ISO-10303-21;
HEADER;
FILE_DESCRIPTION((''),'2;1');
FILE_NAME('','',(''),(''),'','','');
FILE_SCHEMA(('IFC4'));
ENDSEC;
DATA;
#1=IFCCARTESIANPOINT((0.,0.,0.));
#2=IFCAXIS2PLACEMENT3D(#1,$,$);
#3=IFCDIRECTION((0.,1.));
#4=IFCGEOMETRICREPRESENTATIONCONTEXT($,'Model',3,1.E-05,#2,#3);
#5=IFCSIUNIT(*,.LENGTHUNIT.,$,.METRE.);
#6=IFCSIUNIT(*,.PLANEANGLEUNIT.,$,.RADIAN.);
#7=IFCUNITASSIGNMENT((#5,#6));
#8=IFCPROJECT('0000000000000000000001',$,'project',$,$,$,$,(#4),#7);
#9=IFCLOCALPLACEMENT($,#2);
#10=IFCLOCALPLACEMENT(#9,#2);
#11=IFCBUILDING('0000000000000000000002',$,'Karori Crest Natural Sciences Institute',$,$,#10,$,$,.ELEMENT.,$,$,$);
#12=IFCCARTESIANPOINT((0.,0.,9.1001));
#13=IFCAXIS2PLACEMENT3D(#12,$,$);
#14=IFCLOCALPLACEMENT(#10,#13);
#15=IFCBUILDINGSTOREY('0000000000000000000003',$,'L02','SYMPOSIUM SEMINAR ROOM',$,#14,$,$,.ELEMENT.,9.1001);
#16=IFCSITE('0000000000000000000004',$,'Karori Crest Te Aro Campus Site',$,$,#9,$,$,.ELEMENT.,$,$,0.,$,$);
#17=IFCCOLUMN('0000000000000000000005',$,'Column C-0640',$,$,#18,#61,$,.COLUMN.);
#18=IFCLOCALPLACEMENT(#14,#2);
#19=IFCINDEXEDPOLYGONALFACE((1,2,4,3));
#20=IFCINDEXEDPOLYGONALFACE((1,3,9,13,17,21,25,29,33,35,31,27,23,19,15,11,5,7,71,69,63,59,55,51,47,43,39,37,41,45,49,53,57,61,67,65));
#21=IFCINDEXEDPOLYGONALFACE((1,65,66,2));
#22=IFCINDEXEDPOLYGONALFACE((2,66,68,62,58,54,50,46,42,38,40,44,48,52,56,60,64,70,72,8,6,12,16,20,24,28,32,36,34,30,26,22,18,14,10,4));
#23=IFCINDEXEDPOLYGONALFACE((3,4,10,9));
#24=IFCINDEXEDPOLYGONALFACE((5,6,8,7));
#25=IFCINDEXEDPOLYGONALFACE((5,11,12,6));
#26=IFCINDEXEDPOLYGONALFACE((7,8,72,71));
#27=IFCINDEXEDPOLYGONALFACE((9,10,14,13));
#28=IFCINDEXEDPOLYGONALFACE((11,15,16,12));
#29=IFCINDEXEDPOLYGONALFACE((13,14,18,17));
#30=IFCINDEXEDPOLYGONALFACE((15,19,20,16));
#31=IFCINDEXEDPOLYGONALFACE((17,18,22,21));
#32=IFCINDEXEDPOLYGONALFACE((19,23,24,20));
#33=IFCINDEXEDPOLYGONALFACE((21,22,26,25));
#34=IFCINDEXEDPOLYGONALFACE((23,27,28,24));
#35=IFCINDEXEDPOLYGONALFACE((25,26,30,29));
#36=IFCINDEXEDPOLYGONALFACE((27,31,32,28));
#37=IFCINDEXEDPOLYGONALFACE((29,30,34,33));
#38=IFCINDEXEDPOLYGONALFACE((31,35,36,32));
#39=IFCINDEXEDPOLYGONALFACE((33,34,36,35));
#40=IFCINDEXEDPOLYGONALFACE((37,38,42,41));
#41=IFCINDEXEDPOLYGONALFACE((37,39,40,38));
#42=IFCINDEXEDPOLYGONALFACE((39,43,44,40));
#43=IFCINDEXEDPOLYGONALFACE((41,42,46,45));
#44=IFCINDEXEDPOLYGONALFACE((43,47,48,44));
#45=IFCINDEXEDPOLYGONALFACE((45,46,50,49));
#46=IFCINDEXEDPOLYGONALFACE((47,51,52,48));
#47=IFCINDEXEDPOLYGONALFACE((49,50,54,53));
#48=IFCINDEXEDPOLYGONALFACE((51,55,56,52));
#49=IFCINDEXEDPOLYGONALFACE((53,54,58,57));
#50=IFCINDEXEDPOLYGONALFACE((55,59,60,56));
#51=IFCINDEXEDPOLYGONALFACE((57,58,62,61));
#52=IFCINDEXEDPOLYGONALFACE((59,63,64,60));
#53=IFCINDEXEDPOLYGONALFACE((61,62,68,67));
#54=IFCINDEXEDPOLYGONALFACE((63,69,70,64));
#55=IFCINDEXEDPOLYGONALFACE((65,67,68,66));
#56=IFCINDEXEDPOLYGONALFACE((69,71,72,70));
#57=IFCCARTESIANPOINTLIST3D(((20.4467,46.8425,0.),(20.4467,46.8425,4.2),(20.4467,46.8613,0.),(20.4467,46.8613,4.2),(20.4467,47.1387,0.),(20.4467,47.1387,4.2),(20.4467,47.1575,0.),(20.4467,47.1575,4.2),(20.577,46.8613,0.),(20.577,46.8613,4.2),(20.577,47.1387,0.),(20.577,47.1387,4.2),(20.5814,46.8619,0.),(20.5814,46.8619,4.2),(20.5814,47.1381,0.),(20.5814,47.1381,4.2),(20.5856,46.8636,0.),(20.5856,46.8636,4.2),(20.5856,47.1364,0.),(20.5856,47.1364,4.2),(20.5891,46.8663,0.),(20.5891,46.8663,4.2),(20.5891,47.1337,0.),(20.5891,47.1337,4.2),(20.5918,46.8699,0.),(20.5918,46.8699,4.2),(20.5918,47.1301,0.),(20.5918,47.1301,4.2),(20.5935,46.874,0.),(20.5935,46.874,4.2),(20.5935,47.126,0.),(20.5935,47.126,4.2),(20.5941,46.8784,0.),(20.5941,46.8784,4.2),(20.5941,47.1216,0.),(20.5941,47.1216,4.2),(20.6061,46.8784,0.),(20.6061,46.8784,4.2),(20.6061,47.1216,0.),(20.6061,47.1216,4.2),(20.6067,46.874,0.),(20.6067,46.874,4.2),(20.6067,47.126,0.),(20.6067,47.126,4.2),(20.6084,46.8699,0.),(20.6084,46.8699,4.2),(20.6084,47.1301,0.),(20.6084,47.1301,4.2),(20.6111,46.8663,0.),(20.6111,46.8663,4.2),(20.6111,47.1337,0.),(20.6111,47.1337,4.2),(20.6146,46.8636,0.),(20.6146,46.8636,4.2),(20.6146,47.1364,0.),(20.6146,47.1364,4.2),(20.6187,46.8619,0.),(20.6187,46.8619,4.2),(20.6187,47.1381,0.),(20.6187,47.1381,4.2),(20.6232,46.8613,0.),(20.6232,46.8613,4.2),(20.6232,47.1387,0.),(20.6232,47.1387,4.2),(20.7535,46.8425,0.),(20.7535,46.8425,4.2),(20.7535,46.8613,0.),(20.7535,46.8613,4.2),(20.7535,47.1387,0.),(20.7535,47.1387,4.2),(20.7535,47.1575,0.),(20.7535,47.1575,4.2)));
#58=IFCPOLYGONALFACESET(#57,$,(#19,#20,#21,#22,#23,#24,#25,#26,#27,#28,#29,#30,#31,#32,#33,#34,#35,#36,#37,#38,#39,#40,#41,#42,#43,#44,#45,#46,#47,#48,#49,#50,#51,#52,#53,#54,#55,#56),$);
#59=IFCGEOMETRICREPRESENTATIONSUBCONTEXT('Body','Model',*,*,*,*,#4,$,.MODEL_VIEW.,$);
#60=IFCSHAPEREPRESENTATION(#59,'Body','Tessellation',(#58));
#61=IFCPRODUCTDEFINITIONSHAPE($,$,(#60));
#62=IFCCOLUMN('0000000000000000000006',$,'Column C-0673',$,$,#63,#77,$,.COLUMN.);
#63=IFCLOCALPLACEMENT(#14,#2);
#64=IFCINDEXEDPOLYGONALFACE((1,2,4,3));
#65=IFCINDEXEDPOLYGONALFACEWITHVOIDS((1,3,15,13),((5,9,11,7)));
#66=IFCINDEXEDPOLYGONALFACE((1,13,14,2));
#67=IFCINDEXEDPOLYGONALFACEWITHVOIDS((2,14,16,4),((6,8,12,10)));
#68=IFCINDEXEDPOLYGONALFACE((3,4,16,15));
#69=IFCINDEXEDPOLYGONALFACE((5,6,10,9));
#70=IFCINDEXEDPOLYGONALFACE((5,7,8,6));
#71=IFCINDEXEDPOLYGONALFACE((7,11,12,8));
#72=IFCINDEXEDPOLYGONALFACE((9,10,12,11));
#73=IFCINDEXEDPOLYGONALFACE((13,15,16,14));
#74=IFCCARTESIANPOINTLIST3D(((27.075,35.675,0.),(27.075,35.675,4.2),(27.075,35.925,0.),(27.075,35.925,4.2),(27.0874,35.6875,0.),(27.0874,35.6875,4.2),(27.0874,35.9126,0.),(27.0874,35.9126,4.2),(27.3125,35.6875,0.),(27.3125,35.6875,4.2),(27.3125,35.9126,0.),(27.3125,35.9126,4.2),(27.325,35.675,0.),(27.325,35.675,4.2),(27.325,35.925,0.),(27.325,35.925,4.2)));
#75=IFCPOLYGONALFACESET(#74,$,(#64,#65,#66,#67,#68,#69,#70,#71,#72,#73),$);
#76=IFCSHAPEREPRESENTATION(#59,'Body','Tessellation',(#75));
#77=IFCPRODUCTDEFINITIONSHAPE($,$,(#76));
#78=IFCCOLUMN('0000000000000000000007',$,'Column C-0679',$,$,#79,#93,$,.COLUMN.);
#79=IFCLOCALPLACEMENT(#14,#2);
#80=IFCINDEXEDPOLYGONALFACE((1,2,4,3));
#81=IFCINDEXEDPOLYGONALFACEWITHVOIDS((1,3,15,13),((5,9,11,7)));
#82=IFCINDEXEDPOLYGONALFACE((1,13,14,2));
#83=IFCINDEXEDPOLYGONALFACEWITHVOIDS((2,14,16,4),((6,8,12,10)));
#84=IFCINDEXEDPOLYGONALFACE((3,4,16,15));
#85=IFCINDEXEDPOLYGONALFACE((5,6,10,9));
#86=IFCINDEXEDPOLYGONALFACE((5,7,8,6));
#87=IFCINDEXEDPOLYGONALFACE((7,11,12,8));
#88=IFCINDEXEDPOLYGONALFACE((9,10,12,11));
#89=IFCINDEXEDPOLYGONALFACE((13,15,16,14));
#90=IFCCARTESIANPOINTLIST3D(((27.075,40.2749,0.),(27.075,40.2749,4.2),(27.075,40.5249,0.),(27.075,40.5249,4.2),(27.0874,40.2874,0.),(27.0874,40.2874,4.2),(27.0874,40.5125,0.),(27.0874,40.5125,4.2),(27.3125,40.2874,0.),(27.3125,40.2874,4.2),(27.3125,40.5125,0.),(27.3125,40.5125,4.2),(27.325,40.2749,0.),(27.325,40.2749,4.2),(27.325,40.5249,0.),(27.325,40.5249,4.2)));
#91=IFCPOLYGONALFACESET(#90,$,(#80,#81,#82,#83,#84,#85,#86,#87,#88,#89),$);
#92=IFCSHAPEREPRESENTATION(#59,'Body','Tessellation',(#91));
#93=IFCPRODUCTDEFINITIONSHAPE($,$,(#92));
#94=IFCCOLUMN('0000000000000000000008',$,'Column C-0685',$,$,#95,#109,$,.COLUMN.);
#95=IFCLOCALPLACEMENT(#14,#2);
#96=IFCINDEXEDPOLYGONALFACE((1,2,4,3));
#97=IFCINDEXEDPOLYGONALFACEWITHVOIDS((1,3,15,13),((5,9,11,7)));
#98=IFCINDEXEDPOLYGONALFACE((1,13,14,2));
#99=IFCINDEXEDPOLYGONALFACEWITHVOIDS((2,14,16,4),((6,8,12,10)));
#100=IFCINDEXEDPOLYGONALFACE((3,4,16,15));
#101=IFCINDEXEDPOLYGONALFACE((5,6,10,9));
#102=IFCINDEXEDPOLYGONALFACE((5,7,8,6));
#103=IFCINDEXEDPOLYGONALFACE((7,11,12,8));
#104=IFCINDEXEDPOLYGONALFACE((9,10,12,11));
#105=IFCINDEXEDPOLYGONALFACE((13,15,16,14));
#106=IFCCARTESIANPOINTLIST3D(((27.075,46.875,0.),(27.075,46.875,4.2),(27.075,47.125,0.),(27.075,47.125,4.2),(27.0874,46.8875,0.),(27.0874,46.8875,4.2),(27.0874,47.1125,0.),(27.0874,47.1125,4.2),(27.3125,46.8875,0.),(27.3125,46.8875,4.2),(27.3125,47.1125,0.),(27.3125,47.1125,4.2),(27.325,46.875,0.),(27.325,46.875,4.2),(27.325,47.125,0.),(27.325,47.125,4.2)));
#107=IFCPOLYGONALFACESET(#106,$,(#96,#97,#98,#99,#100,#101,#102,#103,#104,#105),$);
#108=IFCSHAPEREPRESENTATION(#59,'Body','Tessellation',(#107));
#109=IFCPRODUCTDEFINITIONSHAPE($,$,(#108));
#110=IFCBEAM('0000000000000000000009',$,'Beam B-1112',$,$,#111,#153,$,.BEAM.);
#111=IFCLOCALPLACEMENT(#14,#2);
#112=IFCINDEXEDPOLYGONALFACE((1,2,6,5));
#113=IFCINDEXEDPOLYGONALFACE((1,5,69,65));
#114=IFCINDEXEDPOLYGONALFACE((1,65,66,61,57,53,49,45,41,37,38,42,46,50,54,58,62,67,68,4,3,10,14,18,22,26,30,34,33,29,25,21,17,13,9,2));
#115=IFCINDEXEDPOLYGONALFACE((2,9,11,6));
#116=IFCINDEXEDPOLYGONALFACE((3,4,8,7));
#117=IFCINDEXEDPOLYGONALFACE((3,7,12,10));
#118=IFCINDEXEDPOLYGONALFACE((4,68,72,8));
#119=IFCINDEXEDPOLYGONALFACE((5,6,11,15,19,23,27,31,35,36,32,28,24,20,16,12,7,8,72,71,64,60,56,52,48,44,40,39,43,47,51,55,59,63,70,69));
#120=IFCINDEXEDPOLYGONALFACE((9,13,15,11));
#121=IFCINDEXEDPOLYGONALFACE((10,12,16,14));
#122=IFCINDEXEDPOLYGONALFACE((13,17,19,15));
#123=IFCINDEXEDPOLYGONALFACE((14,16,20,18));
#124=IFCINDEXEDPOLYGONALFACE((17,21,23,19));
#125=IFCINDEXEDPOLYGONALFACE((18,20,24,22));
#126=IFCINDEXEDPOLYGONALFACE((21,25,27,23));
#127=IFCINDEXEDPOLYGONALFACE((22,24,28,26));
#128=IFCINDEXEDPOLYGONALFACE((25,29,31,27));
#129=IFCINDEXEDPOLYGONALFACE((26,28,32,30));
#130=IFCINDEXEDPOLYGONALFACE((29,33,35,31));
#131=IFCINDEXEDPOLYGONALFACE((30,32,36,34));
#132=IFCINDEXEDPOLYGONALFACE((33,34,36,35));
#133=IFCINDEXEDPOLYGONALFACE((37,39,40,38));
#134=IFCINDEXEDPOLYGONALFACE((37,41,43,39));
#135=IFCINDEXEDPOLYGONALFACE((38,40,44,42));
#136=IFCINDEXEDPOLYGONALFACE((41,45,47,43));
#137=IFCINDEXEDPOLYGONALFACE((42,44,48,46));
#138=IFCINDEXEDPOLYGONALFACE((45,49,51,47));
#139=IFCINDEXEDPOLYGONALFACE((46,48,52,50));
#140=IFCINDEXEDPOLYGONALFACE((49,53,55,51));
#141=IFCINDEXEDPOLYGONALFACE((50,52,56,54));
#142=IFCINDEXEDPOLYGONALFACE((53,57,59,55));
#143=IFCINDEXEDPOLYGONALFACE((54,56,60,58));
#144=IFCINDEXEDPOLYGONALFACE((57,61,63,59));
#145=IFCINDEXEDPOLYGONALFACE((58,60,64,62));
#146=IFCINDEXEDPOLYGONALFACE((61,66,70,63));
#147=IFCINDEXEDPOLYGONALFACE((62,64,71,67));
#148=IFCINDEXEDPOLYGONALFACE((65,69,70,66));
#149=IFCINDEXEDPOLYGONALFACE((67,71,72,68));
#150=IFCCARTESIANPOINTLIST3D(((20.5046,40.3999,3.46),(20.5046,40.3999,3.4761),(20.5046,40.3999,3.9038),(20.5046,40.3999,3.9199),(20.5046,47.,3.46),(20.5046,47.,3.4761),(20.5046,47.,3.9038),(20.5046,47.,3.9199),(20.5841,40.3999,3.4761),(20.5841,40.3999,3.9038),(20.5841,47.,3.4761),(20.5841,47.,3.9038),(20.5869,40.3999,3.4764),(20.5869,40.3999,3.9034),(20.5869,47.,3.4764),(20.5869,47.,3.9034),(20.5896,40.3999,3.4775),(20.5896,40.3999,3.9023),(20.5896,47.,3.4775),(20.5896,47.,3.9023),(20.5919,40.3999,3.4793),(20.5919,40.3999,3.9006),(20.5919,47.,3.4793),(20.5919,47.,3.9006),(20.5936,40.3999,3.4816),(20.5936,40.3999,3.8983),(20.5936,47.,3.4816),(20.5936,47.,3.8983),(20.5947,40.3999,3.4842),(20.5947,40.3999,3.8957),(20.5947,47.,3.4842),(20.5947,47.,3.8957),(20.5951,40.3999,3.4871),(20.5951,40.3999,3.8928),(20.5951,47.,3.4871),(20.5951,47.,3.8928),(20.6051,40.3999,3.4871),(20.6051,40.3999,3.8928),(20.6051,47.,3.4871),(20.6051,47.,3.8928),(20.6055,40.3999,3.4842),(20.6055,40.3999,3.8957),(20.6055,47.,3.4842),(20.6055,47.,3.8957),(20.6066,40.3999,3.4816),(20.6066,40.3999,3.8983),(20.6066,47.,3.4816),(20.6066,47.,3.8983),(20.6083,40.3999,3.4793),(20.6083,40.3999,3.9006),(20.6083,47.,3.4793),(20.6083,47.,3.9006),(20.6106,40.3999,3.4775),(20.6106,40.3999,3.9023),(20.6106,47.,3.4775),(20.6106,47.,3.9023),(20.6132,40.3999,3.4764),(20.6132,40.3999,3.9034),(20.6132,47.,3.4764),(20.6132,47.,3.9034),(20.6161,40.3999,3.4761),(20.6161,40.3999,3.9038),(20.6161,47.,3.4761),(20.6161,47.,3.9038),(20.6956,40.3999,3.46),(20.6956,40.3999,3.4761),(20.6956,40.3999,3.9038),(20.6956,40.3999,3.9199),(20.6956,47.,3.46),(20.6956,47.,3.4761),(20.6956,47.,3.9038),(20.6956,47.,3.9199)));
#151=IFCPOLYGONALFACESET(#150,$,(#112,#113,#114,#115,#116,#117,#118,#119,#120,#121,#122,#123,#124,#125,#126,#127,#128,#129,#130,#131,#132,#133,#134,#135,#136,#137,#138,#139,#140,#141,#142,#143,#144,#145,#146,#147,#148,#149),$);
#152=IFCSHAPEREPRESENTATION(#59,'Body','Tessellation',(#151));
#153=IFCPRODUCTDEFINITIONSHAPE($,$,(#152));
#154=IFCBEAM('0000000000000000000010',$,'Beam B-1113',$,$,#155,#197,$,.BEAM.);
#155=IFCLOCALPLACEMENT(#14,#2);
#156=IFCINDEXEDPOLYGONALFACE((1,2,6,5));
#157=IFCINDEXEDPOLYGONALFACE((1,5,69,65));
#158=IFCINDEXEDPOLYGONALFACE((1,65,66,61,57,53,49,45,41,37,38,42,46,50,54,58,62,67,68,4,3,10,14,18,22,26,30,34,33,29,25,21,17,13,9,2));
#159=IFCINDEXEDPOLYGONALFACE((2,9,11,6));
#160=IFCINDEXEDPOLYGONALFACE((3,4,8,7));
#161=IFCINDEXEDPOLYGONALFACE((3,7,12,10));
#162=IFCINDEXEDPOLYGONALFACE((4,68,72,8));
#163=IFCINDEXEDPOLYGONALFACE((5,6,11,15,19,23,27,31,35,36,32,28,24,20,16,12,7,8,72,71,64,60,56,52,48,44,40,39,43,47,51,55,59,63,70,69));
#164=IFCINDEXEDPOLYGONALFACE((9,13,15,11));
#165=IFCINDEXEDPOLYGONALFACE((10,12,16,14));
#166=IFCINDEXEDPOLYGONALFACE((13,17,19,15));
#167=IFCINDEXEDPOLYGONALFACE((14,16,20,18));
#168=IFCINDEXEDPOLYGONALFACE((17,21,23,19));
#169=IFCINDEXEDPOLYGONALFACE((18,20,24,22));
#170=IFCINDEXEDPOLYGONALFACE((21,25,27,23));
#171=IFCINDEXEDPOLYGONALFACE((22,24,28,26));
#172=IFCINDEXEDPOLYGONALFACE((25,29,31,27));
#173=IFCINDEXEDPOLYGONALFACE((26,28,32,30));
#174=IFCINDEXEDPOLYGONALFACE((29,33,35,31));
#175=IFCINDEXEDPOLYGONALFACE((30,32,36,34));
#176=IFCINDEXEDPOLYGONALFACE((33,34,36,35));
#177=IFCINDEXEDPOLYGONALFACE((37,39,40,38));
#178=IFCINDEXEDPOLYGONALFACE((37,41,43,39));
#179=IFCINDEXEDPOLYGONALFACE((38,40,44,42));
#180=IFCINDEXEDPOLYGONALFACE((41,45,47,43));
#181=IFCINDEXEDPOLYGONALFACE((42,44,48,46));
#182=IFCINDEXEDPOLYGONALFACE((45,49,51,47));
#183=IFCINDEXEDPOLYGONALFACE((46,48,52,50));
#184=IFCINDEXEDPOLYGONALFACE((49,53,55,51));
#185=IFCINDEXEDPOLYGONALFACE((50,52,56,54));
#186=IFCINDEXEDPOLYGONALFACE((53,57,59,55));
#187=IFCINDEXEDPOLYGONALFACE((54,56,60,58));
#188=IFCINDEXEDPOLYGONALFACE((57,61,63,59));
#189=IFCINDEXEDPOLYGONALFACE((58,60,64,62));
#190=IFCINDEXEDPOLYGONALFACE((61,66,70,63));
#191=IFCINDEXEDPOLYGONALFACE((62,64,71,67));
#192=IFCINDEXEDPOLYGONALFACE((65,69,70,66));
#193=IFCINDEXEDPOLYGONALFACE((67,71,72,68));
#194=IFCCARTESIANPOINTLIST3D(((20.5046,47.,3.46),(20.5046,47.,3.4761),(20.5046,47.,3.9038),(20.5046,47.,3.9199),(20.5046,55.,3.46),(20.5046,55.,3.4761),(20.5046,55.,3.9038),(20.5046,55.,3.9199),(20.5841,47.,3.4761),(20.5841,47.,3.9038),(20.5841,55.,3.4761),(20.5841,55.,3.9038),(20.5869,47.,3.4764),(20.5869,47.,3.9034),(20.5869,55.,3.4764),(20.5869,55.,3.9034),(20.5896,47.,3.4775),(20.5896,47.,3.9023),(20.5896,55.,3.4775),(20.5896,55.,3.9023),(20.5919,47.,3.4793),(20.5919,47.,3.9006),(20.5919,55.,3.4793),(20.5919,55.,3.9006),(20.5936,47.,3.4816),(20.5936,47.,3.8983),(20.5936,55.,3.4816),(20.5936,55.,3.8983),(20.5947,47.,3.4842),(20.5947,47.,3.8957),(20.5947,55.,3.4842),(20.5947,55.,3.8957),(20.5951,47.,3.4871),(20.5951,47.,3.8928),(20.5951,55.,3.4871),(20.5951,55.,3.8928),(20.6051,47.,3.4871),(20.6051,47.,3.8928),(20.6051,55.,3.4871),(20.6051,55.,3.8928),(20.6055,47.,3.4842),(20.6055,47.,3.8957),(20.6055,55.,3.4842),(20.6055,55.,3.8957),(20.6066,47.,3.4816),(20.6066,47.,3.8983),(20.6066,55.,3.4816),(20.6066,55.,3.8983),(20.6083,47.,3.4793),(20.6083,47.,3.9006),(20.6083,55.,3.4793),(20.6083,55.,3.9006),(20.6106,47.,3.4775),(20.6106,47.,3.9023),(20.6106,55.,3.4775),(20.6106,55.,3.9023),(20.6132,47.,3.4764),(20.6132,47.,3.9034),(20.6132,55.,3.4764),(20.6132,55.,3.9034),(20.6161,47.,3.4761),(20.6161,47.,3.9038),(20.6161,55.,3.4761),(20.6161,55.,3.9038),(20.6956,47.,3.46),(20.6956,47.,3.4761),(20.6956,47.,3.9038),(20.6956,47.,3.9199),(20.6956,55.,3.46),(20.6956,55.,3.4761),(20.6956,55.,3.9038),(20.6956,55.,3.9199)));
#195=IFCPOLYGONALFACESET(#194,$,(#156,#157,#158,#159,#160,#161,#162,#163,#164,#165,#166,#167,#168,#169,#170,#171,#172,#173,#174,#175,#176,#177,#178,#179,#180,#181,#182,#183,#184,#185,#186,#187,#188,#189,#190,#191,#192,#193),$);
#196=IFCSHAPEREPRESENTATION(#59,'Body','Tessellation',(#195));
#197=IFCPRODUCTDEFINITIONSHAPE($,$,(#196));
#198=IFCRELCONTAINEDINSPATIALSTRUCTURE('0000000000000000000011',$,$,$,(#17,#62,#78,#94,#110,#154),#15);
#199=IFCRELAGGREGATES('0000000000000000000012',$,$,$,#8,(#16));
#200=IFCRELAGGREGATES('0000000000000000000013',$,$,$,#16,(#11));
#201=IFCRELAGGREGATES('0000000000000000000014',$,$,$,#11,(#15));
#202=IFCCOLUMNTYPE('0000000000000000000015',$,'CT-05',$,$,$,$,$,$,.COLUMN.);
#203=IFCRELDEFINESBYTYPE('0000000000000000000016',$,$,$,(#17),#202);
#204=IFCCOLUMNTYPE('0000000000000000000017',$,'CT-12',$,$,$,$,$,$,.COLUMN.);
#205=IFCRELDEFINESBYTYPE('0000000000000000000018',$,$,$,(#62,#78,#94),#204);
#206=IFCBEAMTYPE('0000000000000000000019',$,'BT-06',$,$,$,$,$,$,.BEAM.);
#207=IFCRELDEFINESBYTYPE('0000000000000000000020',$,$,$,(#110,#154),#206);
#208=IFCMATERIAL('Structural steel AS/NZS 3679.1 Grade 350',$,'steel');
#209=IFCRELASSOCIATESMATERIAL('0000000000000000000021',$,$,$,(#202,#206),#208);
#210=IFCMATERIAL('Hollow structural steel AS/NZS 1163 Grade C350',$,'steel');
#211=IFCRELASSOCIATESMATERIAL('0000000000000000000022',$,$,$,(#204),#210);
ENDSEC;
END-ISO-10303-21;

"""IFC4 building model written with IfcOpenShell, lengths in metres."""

from ifc_helpers import new_model, si_unit, direction, frame, origin, origin_2d, place, context, subcontext, project, spatial, hollow_rectangle, i_section, extrude, material, material_profile, profile_set, type_object, element, save


model = new_model("IFC4")

# Units and contexts
model_context = context("Model", 3, precision=1e-05, world=origin(), true_north=direction((0.0, 1.0)))
body_context = subcontext(model_context, "Body", "Model", "MODEL_VIEW")
ifc_project = project(units=[si_unit("LENGTHUNIT", "METRE"), si_unit("PLANEANGLEUNIT", "RADIAN")], contexts=[model_context])

# Site, building, storey
site_placement = place(None, origin())
site = spatial("IfcSite", under=ifc_project, at=site_placement, Name="Karori Crest Te Aro Campus Site", CompositionType="ELEMENT", RefElevation=0.0)
building_placement = place(site_placement, origin())
building = spatial("IfcBuilding", under=site, at=building_placement, Name="Karori Crest Natural Sciences Institute", CompositionType="ELEMENT")
storey_placement = place(building_placement, frame((0.0, 0.0, 9.1001)))
storey = spatial("IfcBuildingStorey", under=building, at=storey_placement, Name="L02", Description="SYMPOSIUM SEMINAR ROOM", CompositionType="ELEMENT", Elevation=9.1001)

# Columns
ifc_material_1 = material(Name="Structural steel AS/NZS 3679.1 Grade 350", Category="steel")
ifc_material_profile_1 = material_profile(ifc_material_1, i_section(OverallWidth=0.3069, OverallDepth=0.3149, WebThickness=0.012, FlangeThickness=0.0188, FilletRadius=0.0171, at=origin_2d()), Name="310UC118")
ifc_profile_set_1 = profile_set([ifc_material_profile_1], Name="Structural steel AS/NZS 3679.1 Grade 350")
column_type_1 = type_object("IfcColumnType", Name="CT-05", PredefinedType="COLUMN", material=ifc_profile_set_1)
column_placement = place(storey_placement, frame((20.6001, 47.0, 0.0), z_axis=(0.0, 0.0, 1.0), x_axis=(1.0, 0.0, 0.0)))
element("IfcColumn", 1, at=column_placement, inside=storey, type_object=column_type_1, Name="Column C-0640", PredefinedType="COLUMN", context=body_context, shape_type="SweptSolid", body=[
    extrude(i_section(OverallWidth=0.3069, OverallDepth=0.3149, WebThickness=0.012, FlangeThickness=0.0188, FilletRadius=0.0171, at=origin_2d()), origin(), (0.0, 0.0, 1.0), 4.2),
])
ifc_material_2 = material(Name="Hollow structural steel AS/NZS 1163 Grade C350", Category="steel")
ifc_material_profile_2 = material_profile(ifc_material_2, hollow_rectangle(XDim=0.25, YDim=0.25, WallThickness=0.0125, at=origin_2d()), Name="SHS250x250x12.5")
ifc_profile_set_2 = profile_set([ifc_material_profile_2], Name="Hollow structural steel AS/NZS 1163 Grade C350")
column_type_2 = type_object("IfcColumnType", Name="CT-12", PredefinedType="COLUMN", material=ifc_profile_set_2)
for number, where, z_axis, x_axis, name in (
    (2, (27.2, 35.8, 0.0), (0.0, 0.0, 1.0), (1.0, 0.0, 0.0), "Column C-0673"),
    (3, (27.2, 40.3999, 0.0), (0.0, 0.0, 1.0), (1.0, 0.0, 0.0), "Column C-0679"),
    (4, (27.2, 47.0, 0.0), (0.0, 0.0, 1.0), (1.0, 0.0, 0.0), "Column C-0685"),
):
    element("IfcColumn", number, at=place(storey_placement, frame(where, z_axis=z_axis, x_axis=x_axis)), inside=storey, type_object=column_type_2, Name=name, PredefinedType="COLUMN", context=body_context, shape_type="SweptSolid", body=[
        extrude(hollow_rectangle(XDim=0.25, YDim=0.25, WallThickness=0.0125, at=origin_2d()), origin(), (0.0, 0.0, 1.0), 4.2),
    ])

# Beams
ifc_material_profile_3 = material_profile(ifc_material_1, i_section(OverallWidth=0.1909, OverallDepth=0.46, WebThickness=0.01, FlangeThickness=0.0161, FilletRadius=0.011, at=origin_2d()), Name="460UB82.1")
ifc_profile_set_3 = profile_set([ifc_material_profile_3], Name="Structural steel AS/NZS 3679.1 Grade 350")
beam_type_1 = type_object("IfcBeamType", Name="BT-06", PredefinedType="BEAM", material=ifc_profile_set_3)
beam_1_placement = place(storey_placement, frame((20.6001, 40.3999, 3.6899), z_axis=(0.0, 1.0, 0.0), x_axis=(-1.0, 0.0, 0.0)))
element("IfcBeam", 5, at=beam_1_placement, inside=storey, type_object=beam_type_1, Name="Beam B-1112", PredefinedType="BEAM", context=body_context, shape_type="SweptSolid", body=[
    extrude(i_section(OverallWidth=0.1909, OverallDepth=0.46, WebThickness=0.01, FlangeThickness=0.0161, FilletRadius=0.011, at=origin_2d()), origin(), (0.0, 0.0, 1.0), 6.6001),
])
beam_2_placement = place(storey_placement, frame((20.6001, 47.0, 3.6899), z_axis=(0.0, 1.0, 0.0), x_axis=(-1.0, 0.0, 0.0)))
element("IfcBeam", 6, at=beam_2_placement, inside=storey, type_object=beam_type_1, Name="Beam B-1113", PredefinedType="BEAM", context=body_context, shape_type="SweptSolid", body=[
    extrude(i_section(OverallWidth=0.1909, OverallDepth=0.46, WebThickness=0.01, FlangeThickness=0.0161, FilletRadius=0.011, at=origin_2d()), origin(), (0.0, 0.0, 1.0), 8.0),
])

save(model, "model.ifc")
